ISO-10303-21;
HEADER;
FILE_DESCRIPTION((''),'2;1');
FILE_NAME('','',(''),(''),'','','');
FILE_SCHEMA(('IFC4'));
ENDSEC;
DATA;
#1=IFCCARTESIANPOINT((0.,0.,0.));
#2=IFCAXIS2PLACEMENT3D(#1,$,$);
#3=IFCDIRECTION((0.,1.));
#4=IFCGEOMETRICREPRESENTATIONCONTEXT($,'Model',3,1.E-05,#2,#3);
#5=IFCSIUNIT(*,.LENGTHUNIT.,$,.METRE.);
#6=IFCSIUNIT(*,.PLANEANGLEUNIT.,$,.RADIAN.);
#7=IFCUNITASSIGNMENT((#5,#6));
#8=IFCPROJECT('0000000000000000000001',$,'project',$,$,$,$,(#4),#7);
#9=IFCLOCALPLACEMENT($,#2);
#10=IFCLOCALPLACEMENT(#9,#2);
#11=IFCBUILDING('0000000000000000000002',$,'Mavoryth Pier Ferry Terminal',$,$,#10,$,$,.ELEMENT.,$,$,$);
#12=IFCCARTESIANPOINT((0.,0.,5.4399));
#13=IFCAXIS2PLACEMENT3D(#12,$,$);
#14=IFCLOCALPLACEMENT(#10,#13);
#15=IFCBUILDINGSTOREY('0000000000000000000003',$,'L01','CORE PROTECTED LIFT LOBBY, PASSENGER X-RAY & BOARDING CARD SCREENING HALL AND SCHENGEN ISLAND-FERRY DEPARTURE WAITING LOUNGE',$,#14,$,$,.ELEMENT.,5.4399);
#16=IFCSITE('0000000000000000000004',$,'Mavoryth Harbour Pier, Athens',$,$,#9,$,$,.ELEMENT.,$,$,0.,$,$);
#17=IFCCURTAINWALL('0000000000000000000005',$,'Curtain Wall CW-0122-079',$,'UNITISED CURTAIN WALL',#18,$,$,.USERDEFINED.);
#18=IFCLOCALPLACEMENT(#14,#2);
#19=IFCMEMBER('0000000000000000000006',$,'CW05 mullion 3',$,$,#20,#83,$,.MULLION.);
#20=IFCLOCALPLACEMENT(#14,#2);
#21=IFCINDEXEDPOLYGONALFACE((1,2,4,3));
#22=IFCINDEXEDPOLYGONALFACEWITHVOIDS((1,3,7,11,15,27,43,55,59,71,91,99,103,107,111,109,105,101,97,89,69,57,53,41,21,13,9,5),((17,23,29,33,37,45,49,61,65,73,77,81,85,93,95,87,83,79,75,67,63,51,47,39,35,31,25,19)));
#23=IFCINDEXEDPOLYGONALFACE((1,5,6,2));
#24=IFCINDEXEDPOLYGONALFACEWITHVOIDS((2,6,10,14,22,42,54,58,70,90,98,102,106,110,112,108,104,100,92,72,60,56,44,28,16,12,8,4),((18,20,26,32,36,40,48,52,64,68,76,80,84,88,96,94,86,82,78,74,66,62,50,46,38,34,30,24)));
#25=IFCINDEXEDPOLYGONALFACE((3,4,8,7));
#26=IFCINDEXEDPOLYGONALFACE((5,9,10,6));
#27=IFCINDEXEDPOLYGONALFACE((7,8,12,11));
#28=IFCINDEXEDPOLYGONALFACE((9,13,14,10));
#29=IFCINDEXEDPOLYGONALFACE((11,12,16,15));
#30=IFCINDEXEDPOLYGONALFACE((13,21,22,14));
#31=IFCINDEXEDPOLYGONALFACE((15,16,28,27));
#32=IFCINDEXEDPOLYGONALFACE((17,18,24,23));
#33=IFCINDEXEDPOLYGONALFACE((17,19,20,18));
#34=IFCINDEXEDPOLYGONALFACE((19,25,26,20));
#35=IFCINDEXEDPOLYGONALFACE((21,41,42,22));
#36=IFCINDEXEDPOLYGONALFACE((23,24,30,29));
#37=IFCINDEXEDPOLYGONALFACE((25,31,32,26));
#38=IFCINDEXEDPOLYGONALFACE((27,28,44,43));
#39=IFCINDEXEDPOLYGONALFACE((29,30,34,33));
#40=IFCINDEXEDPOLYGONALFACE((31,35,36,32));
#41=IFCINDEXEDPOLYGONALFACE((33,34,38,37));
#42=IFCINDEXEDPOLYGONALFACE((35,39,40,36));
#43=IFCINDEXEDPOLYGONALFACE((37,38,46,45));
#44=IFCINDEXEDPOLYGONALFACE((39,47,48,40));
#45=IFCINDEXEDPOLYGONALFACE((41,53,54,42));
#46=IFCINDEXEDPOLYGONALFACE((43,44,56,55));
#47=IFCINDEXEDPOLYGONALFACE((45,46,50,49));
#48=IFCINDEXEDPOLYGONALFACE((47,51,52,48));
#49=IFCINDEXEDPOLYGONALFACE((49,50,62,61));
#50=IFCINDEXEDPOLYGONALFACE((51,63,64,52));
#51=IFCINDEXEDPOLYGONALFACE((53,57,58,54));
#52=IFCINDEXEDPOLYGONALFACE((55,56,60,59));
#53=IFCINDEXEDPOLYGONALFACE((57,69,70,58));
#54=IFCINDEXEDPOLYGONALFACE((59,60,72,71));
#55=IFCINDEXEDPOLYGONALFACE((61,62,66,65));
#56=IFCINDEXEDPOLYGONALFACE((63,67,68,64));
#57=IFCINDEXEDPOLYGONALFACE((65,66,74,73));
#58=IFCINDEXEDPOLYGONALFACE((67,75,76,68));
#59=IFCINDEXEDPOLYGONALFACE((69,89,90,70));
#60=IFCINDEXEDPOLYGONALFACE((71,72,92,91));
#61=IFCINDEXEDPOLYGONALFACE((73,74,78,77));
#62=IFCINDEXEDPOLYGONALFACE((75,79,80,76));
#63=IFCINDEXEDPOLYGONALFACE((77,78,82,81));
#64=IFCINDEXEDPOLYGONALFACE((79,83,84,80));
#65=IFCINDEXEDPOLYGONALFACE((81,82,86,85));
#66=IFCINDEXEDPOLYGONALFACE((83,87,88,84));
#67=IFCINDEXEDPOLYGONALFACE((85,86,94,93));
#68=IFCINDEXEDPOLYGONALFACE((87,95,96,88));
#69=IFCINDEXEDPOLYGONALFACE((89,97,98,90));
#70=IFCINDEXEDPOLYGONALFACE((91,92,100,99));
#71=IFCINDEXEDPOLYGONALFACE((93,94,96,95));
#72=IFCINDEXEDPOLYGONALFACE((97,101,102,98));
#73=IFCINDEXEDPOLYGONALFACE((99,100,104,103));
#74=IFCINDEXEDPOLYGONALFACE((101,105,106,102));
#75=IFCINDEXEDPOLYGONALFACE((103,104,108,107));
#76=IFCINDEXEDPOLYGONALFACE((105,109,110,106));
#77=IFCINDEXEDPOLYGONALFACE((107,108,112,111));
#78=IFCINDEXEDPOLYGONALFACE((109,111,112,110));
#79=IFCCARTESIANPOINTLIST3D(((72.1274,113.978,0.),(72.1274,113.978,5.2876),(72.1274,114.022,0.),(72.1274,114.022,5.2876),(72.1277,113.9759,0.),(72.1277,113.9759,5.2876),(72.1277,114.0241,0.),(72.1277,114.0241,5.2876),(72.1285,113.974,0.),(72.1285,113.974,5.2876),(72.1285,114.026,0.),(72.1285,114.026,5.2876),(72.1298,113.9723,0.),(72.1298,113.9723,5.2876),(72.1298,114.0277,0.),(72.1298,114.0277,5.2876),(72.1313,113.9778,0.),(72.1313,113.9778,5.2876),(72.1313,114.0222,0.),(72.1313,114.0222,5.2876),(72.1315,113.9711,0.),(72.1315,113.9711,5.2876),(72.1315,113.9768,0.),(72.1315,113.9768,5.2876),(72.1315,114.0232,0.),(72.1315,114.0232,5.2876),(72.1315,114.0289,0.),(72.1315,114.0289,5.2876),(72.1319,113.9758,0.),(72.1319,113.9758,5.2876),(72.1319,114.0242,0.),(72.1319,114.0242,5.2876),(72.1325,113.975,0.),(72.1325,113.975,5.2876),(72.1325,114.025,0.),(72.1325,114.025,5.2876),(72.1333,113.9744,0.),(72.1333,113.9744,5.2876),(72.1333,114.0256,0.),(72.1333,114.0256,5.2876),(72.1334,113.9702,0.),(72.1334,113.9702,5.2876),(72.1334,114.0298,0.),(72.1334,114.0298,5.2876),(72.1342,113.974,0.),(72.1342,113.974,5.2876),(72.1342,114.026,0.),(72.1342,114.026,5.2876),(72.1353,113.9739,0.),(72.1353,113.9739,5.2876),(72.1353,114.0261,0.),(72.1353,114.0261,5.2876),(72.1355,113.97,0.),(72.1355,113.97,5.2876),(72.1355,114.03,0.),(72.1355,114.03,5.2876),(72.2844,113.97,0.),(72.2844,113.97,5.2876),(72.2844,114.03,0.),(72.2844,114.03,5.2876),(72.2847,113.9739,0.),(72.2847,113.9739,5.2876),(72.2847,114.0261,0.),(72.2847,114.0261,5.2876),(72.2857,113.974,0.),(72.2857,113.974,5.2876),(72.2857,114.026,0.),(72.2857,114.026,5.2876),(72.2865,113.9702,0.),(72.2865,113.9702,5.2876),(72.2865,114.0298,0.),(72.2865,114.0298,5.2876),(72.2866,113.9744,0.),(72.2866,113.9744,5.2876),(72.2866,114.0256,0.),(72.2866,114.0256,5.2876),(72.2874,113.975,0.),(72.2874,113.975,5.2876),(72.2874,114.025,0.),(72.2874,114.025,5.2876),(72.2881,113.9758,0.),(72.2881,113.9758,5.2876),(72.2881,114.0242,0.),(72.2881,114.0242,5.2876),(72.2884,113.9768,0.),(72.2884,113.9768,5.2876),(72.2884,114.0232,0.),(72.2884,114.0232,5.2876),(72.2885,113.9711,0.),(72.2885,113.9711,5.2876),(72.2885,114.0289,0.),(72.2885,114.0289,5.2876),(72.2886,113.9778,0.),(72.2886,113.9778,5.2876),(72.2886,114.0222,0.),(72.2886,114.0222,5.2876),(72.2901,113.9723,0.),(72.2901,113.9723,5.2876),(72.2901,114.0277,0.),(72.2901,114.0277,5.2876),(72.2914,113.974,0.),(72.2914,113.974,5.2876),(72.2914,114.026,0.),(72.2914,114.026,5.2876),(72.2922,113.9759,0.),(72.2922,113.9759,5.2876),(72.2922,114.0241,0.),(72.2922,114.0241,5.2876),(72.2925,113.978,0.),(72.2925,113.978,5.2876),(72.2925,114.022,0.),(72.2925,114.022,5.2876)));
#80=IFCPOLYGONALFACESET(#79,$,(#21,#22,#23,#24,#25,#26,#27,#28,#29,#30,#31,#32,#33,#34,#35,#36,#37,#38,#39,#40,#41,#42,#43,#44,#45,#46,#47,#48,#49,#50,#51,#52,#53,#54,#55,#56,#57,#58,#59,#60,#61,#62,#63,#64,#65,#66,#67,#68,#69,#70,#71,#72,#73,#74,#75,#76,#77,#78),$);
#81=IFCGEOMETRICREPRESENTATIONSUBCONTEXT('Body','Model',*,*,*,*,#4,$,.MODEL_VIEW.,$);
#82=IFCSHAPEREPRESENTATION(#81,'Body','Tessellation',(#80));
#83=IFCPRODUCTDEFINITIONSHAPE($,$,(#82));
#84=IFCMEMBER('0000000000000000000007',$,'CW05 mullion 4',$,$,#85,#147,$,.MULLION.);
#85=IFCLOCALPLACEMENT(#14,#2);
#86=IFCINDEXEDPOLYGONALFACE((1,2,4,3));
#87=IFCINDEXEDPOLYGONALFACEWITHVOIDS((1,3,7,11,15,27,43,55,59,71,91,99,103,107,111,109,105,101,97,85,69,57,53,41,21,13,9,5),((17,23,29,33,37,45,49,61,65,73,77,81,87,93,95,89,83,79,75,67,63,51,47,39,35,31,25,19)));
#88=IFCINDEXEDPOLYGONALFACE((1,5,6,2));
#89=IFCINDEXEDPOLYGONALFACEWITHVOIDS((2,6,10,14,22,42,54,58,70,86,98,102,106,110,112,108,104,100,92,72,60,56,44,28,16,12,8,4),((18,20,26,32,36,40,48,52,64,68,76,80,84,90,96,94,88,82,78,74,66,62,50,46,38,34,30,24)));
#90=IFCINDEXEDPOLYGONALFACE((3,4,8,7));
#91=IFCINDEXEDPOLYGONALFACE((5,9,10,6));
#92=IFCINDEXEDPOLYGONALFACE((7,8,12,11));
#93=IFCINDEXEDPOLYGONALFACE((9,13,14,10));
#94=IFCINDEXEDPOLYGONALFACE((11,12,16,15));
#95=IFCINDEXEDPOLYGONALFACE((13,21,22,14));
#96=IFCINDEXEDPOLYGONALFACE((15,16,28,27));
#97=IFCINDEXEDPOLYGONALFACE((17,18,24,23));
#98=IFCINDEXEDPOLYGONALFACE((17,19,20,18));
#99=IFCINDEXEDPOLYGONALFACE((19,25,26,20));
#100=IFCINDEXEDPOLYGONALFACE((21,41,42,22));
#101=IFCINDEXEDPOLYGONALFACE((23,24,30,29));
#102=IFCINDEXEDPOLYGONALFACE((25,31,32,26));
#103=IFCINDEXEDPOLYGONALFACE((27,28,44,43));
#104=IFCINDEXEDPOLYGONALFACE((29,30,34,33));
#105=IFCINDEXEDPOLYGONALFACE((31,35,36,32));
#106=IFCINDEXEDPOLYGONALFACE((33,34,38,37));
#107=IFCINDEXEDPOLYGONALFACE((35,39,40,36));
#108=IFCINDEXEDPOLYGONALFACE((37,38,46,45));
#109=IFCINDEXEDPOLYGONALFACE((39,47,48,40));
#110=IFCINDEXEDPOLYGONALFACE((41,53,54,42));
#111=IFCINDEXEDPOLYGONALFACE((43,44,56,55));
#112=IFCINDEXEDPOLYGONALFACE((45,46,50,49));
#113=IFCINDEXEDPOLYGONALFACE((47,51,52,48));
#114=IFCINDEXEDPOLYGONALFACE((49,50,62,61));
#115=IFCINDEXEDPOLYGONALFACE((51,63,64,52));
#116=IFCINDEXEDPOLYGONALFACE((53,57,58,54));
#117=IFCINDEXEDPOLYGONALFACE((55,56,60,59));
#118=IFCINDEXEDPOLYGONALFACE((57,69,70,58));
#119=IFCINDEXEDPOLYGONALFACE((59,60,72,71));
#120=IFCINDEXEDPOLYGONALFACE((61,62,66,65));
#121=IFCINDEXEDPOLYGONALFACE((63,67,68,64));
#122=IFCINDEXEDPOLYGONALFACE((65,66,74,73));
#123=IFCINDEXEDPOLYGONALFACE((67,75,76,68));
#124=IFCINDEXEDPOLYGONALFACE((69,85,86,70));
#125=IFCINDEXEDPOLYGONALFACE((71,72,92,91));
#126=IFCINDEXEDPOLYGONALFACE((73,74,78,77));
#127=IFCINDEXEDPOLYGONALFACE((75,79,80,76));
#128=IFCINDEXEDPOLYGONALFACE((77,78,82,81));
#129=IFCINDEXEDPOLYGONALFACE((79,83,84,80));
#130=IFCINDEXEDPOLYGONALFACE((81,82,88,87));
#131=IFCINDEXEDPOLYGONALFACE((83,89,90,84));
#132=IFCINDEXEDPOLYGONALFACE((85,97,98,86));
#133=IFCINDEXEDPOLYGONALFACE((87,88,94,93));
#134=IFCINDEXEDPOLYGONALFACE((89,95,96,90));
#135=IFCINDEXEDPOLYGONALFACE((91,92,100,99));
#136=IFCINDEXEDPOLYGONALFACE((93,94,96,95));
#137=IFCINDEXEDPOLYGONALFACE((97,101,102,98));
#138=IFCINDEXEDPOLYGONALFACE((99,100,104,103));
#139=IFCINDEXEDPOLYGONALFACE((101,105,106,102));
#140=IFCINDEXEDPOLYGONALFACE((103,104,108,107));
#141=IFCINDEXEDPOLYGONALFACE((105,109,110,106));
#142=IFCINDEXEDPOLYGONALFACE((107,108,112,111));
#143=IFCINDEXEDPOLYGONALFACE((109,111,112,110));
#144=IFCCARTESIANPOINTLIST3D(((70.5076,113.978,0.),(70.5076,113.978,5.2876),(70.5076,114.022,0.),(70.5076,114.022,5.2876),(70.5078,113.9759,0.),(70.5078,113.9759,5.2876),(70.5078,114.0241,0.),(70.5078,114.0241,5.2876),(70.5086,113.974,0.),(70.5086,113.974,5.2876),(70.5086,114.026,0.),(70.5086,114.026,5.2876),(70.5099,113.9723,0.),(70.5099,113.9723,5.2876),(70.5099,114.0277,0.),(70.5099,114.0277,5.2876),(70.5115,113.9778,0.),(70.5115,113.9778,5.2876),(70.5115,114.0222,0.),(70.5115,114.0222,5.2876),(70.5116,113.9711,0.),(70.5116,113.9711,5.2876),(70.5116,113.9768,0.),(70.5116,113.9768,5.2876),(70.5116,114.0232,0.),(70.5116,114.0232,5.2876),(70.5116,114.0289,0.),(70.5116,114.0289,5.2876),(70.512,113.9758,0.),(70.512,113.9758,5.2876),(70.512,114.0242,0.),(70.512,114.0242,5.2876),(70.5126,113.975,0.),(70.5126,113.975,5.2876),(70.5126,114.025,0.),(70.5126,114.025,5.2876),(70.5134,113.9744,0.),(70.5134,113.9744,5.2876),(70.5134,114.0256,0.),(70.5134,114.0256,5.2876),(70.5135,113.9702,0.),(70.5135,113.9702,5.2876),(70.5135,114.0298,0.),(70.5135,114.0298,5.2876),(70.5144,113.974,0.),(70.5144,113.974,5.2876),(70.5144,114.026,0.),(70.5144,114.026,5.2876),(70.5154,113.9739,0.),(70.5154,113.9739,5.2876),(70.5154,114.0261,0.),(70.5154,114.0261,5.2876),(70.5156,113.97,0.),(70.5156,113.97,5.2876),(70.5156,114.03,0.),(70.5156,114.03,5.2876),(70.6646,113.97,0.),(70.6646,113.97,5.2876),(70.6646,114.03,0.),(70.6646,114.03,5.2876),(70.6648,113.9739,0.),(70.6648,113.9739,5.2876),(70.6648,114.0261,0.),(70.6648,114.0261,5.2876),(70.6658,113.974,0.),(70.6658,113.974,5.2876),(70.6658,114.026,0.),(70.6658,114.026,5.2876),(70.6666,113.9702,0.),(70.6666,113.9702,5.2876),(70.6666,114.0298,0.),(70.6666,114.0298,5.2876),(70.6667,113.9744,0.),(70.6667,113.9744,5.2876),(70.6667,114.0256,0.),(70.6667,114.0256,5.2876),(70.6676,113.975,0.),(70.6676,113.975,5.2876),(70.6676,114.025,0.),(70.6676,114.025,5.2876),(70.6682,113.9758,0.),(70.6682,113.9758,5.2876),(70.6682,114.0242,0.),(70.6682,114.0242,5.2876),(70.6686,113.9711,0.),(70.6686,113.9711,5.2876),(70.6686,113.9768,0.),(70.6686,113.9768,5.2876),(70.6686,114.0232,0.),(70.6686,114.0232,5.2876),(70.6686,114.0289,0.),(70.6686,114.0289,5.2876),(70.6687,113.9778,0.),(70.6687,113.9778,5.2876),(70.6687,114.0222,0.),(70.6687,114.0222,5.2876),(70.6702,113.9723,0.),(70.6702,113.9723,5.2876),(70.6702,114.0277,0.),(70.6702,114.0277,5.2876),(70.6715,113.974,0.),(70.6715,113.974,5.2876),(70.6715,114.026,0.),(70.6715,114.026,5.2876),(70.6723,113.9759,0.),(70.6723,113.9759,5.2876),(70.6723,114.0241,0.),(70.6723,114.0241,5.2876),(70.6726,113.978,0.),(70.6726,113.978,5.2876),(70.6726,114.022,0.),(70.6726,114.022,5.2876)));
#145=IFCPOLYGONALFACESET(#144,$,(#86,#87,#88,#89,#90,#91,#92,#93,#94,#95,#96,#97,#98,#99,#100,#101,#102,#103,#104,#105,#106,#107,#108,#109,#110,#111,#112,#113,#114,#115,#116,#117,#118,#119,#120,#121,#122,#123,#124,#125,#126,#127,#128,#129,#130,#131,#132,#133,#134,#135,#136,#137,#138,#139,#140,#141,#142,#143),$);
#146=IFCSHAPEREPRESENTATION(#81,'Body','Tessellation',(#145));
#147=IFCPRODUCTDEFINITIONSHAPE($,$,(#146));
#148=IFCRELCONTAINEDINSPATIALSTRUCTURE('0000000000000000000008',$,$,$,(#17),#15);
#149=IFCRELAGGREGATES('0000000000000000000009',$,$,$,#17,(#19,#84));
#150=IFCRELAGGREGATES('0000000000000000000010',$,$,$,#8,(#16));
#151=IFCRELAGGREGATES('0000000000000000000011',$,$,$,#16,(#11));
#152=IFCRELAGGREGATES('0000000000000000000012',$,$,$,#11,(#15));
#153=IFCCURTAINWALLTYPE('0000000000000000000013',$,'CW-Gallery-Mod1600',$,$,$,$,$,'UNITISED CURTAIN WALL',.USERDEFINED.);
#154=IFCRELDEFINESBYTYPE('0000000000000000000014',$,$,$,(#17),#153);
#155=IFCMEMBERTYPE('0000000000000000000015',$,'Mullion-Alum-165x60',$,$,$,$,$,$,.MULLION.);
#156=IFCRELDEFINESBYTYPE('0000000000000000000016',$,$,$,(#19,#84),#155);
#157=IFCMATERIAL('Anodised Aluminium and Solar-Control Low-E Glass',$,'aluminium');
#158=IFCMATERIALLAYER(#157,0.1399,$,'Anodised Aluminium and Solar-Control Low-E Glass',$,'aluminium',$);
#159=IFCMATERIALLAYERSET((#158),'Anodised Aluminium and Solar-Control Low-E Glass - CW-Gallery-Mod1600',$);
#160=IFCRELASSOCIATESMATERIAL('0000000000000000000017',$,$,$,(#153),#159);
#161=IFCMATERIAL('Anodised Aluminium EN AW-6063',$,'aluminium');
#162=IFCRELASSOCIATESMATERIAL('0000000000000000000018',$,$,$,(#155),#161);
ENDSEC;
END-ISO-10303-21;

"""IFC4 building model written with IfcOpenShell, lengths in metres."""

from ifc_helpers import new_model, si_unit, direction, frame, origin, origin_2d, place, context, subcontext, project, spatial, hollow_rectangle, extrude, material, layer, layer_set, material_profile, profile_set, type_object, element, aggregate, save


model = new_model("IFC4")

# Units and contexts
model_context = context("Model", 3, precision=1e-05, world=origin(), true_north=direction((0.0, 1.0)))
body_context = subcontext(model_context, "Body", "Model", "MODEL_VIEW")
ifc_project = project(units=[si_unit("LENGTHUNIT", "METRE"), si_unit("PLANEANGLEUNIT", "RADIAN")], contexts=[model_context])

# Site, building, storey
site_placement = place(None, origin())
site = spatial("IfcSite", under=ifc_project, at=site_placement, Name="Mavoryth Harbour Pier, Athens", CompositionType="ELEMENT", RefElevation=0.0)
building_placement = place(site_placement, origin())
building = spatial("IfcBuilding", under=site, at=building_placement, Name="Mavoryth Pier Ferry Terminal", CompositionType="ELEMENT")
storey_placement = place(building_placement, frame((0.0, 0.0, 5.4399)))
storey = spatial("IfcBuildingStorey", under=building, at=storey_placement, Name="L01", Description="CORE PROTECTED LIFT LOBBY, PASSENGER X-RAY & BOARDING CARD SCREENING HALL AND SCHENGEN ISLAND-FERRY DEPARTURE WAITING LOUNGE", CompositionType="ELEMENT", Elevation=5.4399)

# Curtain wall, members
ifc_material_1 = material(Name="Anodised Aluminium and Solar-Control Low-E Glass", Category="aluminium")
ifc_layer_1 = layer(ifc_material_1, 0.1399, Name="Anodised Aluminium and Solar-Control Low-E Glass", Category="aluminium")
ifc_layer_set_1 = layer_set([ifc_layer_1], Name="Anodised Aluminium and Solar-Control Low-E Glass - CW-Gallery-Mod1600")
curtain_wall_type = type_object("IfcCurtainWallType", Name="CW-Gallery-Mod1600", ElementType="UNITISED CURTAIN WALL", PredefinedType="USERDEFINED", material=ifc_layer_set_1)
curtain_wall_placement = place(storey_placement, origin())
curtain_wall = element("IfcCurtainWall", 1, at=curtain_wall_placement, inside=storey, type_object=curtain_wall_type, Name="Curtain Wall CW-0122-079", ObjectType="UNITISED CURTAIN WALL", PredefinedType="USERDEFINED")
ifc_material_2 = material(Name="Anodised Aluminium EN AW-6063", Category="aluminium")
ifc_material_profile_1 = material_profile(ifc_material_2, hollow_rectangle(XDim=0.0601, YDim=0.165, WallThickness=0.0039, InnerFilletRadius=0.0039, OuterFilletRadius=0.0081, at=origin_2d()), Name="AL-MULL 165x60x4", Category="aluminium")
ifc_profile_set_1 = profile_set([ifc_material_profile_1], Name="Anodised Aluminium EN AW-6063 - AL-MULL 165x60x4")
member_type_1 = type_object("IfcMemberType", Name="Mullion-Alum-165x60", PredefinedType="MULLION", material=ifc_profile_set_1)
member_1_placement = place(storey_placement, frame((72.21, 114.0, 0.0), z_axis=(0.0, 0.0, 1.0), x_axis=(0.0, -1.0, 0.0)))
member_1 = element("IfcMember", 2, at=member_1_placement, type_object=member_type_1, Name="CW05 mullion 3", PredefinedType="MULLION", context=body_context, shape_type="SweptSolid", body=[
    extrude(hollow_rectangle(XDim=0.0601, YDim=0.165, WallThickness=0.0039, InnerFilletRadius=0.0039, OuterFilletRadius=0.0081, at=origin_2d()), origin(), (0.0, 0.0, 1.0), 5.2876),
])
member_2_placement = place(storey_placement, frame((70.5901, 114.0, 0.0), z_axis=(0.0, 0.0, 1.0), x_axis=(0.0, -1.0, 0.0)))
member_2 = element("IfcMember", 3, at=member_2_placement, type_object=member_type_1, Name="CW05 mullion 4", PredefinedType="MULLION", context=body_context, shape_type="SweptSolid", body=[
    extrude(hollow_rectangle(XDim=0.0601, YDim=0.165, WallThickness=0.0039, InnerFilletRadius=0.0039, OuterFilletRadius=0.0081, at=origin_2d()), origin(), (0.0, 0.0, 1.0), 5.2876),
])
aggregate(curtain_wall, [member_1, member_2])

save(model, "model.ifc")
